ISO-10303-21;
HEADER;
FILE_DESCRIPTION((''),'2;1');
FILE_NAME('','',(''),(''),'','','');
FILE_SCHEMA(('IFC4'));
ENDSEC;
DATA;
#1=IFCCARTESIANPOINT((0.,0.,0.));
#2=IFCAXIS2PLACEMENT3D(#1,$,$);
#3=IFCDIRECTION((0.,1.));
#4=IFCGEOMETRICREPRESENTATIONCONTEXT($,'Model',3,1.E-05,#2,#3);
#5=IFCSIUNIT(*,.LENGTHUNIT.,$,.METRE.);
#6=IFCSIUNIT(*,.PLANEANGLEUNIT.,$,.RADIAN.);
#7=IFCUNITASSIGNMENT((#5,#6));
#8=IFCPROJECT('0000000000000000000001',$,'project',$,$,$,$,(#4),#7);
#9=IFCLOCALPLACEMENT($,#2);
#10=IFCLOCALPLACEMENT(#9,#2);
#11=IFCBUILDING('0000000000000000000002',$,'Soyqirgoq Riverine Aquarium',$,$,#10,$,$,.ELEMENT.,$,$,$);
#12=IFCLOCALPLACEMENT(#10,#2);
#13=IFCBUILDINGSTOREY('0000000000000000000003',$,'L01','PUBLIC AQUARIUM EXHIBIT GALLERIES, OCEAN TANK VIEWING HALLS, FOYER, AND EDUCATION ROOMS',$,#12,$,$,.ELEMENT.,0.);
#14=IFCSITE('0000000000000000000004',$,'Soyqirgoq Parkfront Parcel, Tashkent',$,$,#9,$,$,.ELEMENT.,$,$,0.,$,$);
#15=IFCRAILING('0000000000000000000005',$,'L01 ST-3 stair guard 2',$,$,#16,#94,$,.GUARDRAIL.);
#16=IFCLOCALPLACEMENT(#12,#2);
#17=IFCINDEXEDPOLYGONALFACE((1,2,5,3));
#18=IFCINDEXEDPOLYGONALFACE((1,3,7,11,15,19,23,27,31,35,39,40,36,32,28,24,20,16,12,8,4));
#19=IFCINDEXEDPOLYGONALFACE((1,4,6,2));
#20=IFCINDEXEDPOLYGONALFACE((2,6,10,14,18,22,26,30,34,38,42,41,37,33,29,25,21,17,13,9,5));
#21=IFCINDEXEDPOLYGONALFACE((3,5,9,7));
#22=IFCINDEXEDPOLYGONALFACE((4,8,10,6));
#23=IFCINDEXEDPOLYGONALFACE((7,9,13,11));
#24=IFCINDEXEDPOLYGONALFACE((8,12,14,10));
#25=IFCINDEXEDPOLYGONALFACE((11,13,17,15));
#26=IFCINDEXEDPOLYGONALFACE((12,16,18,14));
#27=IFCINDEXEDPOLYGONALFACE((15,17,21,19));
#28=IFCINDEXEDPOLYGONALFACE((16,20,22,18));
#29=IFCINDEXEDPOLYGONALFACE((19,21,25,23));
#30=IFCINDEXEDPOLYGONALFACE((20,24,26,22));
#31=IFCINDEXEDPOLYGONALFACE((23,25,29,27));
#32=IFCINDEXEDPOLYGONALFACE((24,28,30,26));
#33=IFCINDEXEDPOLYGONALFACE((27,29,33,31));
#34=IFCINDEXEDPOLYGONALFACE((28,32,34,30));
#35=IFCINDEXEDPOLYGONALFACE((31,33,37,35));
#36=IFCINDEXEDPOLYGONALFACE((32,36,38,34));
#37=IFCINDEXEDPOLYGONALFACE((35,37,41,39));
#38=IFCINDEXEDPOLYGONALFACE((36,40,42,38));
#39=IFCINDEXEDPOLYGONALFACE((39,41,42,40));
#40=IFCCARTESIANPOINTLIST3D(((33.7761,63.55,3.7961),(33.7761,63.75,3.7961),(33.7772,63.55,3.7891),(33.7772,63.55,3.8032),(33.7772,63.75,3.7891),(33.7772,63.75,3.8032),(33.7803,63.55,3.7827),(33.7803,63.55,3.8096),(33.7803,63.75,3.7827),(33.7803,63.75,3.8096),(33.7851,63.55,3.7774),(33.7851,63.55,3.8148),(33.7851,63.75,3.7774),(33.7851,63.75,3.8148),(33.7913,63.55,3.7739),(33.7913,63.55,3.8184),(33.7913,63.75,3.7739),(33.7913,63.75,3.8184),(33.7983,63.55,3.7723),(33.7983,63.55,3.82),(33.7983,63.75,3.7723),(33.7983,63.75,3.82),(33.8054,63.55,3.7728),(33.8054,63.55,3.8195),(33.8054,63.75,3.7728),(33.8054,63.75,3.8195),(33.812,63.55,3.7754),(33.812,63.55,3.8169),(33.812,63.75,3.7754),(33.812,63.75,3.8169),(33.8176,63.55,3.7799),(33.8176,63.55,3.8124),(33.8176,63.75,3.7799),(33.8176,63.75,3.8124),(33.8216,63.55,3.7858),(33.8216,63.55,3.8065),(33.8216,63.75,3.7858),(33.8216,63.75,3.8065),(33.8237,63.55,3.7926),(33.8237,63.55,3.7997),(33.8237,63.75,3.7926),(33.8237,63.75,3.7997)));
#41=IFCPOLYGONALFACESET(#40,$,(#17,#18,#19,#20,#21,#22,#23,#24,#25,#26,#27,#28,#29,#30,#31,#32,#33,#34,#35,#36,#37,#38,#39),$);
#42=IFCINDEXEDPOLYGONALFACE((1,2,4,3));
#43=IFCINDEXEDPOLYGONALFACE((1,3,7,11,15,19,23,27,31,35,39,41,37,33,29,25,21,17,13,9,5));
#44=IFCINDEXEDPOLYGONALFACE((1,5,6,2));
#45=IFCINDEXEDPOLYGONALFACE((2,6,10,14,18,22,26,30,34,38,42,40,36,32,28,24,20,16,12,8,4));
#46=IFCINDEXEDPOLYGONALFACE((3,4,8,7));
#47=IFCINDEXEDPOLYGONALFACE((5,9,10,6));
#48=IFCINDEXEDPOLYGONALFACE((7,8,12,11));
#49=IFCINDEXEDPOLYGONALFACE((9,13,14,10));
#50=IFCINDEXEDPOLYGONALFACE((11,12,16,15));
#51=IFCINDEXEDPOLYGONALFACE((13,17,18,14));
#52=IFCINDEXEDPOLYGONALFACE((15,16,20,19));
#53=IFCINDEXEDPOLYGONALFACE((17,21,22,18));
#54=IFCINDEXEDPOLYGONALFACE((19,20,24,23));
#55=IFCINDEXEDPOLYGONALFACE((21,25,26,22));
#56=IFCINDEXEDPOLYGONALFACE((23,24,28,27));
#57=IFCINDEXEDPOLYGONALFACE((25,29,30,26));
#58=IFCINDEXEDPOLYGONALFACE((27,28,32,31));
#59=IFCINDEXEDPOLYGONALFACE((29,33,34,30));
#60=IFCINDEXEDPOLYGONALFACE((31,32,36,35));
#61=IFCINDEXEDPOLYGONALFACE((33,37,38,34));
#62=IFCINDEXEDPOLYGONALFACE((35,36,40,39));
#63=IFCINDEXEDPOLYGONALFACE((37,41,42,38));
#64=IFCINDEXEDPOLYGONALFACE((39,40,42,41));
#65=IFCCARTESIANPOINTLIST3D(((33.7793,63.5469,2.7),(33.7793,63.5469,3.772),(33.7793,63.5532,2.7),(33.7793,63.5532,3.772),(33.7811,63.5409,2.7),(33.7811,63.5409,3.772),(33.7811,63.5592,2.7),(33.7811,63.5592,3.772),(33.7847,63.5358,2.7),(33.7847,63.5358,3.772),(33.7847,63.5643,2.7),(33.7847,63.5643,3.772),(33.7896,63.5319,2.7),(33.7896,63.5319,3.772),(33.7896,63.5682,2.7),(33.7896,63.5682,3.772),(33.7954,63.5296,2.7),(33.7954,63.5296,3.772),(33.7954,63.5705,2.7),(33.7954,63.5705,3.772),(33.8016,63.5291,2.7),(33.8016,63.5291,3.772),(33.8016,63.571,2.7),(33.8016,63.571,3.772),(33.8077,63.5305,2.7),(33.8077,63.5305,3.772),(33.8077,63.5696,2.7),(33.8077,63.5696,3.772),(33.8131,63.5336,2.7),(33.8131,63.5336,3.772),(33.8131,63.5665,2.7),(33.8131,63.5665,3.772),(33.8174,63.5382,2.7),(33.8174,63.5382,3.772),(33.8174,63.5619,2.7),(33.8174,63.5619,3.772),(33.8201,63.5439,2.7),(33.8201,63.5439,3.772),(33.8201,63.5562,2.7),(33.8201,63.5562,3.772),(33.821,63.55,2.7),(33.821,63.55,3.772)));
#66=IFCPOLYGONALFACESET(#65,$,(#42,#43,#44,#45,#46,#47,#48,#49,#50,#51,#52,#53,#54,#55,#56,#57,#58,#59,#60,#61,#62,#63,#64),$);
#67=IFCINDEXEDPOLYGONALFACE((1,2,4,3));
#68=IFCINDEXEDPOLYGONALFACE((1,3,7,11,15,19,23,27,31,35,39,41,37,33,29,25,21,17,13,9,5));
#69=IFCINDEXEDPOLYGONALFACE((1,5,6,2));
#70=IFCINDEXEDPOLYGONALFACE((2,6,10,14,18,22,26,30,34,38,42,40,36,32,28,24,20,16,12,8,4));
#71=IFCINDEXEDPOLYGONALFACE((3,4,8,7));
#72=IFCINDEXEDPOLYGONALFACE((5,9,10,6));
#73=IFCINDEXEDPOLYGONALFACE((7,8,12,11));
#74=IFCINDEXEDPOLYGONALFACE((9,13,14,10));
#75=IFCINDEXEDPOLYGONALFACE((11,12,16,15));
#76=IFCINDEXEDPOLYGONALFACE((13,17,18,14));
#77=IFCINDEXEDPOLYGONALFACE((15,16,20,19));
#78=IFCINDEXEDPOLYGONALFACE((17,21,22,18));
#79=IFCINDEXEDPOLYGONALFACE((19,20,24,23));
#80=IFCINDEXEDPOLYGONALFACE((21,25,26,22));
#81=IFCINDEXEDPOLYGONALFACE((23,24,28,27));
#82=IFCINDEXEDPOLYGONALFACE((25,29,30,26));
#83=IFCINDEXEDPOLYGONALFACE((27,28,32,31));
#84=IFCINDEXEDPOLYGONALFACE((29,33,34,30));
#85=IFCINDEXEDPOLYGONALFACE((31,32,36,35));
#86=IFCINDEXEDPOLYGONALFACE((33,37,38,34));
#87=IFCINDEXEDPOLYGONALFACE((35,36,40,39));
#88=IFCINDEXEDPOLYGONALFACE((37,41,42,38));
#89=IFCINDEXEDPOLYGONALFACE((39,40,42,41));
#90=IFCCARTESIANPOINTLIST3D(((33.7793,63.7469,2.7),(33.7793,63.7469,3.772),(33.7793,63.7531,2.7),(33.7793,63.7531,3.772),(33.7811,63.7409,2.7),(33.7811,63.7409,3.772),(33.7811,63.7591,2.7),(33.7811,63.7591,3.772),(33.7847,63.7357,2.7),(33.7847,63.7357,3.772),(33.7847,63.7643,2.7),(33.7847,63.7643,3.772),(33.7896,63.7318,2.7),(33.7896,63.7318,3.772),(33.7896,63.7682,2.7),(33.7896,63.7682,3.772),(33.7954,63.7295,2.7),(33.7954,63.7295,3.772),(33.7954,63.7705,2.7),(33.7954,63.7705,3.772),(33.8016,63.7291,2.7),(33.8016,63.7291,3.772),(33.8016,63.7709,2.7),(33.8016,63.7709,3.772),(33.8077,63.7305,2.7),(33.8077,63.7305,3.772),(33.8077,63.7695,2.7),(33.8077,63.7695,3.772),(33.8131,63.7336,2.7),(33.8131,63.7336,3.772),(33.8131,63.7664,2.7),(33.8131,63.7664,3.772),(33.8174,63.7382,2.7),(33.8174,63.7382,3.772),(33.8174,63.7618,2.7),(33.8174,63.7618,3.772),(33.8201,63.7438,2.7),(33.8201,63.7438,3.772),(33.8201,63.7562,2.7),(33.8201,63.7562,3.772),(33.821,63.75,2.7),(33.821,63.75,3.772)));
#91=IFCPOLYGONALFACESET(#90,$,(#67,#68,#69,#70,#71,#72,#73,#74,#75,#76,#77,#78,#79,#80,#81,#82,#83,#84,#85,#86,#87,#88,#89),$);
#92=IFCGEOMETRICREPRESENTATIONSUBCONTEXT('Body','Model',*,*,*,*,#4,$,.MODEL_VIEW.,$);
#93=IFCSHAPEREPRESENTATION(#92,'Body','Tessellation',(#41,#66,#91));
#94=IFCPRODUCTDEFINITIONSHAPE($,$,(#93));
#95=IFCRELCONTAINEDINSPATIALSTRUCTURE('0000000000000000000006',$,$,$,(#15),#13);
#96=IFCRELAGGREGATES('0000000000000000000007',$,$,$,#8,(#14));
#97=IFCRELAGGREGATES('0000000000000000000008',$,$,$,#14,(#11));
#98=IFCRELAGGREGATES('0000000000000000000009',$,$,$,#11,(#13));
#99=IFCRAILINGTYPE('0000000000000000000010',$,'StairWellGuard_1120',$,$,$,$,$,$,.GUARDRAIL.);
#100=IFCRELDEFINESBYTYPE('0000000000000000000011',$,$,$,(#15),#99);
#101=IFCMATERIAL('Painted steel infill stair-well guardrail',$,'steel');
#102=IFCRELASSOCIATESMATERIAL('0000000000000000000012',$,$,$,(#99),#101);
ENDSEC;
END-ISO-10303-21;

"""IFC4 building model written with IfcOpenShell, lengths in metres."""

from ifc_helpers import new_model, si_unit, direction, frame, origin, origin_2d, place, context, subcontext, project, spatial, circle, extrude, material, type_object, element, save


model = new_model("IFC4")

# Units and contexts
model_context = context("Model", 3, precision=1e-05, world=origin(), true_north=direction((0.0, 1.0)))
body_context = subcontext(model_context, "Body", "Model", "MODEL_VIEW")
ifc_project = project(units=[si_unit("LENGTHUNIT", "METRE"), si_unit("PLANEANGLEUNIT", "RADIAN")], contexts=[model_context])

# Site, building, storey
site_placement = place(None, origin())
site = spatial("IfcSite", under=ifc_project, at=site_placement, Name="Soyqirgoq Parkfront Parcel, Tashkent", CompositionType="ELEMENT", RefElevation=0.0)
building_placement = place(site_placement, origin())
building = spatial("IfcBuilding", under=site, at=building_placement, Name="Soyqirgoq Riverine Aquarium", CompositionType="ELEMENT")
storey_placement = place(building_placement, origin())
storey = spatial("IfcBuildingStorey", under=building, at=storey_placement, Name="L01", Description="PUBLIC AQUARIUM EXHIBIT GALLERIES, OCEAN TANK VIEWING HALLS, FOYER, AND EDUCATION ROOMS", CompositionType="ELEMENT", Elevation=0.0)

# Railing
ifc_material_1 = material(Name="Painted steel infill stair-well guardrail", Category="steel")
railing_type_1 = type_object("IfcRailingType", Name="StairWellGuard_1120", PredefinedType="GUARDRAIL", material=ifc_material_1)
railing_1_placement = place(storey_placement, frame((33.8, 63.55, 2.7)))
element("IfcRailing", 1, at=railing_1_placement, inside=storey, type_object=railing_type_1, Name="L01 ST-3 stair guard 2", PredefinedType="GUARDRAIL", context=body_context, shape_type="SweptSolid", body=[
    extrude(circle(Radius=0.0239, at=origin_2d()), frame((0.0, 0.0, 1.0962), z_axis=(0.0, 1.0, 0.0), x_axis=(-1.0, 0.0, 0.0)), (0.0, 0.0, 1.0), 0.2),
    extrude(circle(Radius=0.021, at=origin_2d()), origin(), (0.0, 0.0, 1.0), 1.072),
    extrude(circle(Radius=0.021, at=origin_2d()), frame((0.0, 0.2, 0.0)), (0.0, 0.0, 1.0), 1.072),
])

save(model, "model.ifc")
